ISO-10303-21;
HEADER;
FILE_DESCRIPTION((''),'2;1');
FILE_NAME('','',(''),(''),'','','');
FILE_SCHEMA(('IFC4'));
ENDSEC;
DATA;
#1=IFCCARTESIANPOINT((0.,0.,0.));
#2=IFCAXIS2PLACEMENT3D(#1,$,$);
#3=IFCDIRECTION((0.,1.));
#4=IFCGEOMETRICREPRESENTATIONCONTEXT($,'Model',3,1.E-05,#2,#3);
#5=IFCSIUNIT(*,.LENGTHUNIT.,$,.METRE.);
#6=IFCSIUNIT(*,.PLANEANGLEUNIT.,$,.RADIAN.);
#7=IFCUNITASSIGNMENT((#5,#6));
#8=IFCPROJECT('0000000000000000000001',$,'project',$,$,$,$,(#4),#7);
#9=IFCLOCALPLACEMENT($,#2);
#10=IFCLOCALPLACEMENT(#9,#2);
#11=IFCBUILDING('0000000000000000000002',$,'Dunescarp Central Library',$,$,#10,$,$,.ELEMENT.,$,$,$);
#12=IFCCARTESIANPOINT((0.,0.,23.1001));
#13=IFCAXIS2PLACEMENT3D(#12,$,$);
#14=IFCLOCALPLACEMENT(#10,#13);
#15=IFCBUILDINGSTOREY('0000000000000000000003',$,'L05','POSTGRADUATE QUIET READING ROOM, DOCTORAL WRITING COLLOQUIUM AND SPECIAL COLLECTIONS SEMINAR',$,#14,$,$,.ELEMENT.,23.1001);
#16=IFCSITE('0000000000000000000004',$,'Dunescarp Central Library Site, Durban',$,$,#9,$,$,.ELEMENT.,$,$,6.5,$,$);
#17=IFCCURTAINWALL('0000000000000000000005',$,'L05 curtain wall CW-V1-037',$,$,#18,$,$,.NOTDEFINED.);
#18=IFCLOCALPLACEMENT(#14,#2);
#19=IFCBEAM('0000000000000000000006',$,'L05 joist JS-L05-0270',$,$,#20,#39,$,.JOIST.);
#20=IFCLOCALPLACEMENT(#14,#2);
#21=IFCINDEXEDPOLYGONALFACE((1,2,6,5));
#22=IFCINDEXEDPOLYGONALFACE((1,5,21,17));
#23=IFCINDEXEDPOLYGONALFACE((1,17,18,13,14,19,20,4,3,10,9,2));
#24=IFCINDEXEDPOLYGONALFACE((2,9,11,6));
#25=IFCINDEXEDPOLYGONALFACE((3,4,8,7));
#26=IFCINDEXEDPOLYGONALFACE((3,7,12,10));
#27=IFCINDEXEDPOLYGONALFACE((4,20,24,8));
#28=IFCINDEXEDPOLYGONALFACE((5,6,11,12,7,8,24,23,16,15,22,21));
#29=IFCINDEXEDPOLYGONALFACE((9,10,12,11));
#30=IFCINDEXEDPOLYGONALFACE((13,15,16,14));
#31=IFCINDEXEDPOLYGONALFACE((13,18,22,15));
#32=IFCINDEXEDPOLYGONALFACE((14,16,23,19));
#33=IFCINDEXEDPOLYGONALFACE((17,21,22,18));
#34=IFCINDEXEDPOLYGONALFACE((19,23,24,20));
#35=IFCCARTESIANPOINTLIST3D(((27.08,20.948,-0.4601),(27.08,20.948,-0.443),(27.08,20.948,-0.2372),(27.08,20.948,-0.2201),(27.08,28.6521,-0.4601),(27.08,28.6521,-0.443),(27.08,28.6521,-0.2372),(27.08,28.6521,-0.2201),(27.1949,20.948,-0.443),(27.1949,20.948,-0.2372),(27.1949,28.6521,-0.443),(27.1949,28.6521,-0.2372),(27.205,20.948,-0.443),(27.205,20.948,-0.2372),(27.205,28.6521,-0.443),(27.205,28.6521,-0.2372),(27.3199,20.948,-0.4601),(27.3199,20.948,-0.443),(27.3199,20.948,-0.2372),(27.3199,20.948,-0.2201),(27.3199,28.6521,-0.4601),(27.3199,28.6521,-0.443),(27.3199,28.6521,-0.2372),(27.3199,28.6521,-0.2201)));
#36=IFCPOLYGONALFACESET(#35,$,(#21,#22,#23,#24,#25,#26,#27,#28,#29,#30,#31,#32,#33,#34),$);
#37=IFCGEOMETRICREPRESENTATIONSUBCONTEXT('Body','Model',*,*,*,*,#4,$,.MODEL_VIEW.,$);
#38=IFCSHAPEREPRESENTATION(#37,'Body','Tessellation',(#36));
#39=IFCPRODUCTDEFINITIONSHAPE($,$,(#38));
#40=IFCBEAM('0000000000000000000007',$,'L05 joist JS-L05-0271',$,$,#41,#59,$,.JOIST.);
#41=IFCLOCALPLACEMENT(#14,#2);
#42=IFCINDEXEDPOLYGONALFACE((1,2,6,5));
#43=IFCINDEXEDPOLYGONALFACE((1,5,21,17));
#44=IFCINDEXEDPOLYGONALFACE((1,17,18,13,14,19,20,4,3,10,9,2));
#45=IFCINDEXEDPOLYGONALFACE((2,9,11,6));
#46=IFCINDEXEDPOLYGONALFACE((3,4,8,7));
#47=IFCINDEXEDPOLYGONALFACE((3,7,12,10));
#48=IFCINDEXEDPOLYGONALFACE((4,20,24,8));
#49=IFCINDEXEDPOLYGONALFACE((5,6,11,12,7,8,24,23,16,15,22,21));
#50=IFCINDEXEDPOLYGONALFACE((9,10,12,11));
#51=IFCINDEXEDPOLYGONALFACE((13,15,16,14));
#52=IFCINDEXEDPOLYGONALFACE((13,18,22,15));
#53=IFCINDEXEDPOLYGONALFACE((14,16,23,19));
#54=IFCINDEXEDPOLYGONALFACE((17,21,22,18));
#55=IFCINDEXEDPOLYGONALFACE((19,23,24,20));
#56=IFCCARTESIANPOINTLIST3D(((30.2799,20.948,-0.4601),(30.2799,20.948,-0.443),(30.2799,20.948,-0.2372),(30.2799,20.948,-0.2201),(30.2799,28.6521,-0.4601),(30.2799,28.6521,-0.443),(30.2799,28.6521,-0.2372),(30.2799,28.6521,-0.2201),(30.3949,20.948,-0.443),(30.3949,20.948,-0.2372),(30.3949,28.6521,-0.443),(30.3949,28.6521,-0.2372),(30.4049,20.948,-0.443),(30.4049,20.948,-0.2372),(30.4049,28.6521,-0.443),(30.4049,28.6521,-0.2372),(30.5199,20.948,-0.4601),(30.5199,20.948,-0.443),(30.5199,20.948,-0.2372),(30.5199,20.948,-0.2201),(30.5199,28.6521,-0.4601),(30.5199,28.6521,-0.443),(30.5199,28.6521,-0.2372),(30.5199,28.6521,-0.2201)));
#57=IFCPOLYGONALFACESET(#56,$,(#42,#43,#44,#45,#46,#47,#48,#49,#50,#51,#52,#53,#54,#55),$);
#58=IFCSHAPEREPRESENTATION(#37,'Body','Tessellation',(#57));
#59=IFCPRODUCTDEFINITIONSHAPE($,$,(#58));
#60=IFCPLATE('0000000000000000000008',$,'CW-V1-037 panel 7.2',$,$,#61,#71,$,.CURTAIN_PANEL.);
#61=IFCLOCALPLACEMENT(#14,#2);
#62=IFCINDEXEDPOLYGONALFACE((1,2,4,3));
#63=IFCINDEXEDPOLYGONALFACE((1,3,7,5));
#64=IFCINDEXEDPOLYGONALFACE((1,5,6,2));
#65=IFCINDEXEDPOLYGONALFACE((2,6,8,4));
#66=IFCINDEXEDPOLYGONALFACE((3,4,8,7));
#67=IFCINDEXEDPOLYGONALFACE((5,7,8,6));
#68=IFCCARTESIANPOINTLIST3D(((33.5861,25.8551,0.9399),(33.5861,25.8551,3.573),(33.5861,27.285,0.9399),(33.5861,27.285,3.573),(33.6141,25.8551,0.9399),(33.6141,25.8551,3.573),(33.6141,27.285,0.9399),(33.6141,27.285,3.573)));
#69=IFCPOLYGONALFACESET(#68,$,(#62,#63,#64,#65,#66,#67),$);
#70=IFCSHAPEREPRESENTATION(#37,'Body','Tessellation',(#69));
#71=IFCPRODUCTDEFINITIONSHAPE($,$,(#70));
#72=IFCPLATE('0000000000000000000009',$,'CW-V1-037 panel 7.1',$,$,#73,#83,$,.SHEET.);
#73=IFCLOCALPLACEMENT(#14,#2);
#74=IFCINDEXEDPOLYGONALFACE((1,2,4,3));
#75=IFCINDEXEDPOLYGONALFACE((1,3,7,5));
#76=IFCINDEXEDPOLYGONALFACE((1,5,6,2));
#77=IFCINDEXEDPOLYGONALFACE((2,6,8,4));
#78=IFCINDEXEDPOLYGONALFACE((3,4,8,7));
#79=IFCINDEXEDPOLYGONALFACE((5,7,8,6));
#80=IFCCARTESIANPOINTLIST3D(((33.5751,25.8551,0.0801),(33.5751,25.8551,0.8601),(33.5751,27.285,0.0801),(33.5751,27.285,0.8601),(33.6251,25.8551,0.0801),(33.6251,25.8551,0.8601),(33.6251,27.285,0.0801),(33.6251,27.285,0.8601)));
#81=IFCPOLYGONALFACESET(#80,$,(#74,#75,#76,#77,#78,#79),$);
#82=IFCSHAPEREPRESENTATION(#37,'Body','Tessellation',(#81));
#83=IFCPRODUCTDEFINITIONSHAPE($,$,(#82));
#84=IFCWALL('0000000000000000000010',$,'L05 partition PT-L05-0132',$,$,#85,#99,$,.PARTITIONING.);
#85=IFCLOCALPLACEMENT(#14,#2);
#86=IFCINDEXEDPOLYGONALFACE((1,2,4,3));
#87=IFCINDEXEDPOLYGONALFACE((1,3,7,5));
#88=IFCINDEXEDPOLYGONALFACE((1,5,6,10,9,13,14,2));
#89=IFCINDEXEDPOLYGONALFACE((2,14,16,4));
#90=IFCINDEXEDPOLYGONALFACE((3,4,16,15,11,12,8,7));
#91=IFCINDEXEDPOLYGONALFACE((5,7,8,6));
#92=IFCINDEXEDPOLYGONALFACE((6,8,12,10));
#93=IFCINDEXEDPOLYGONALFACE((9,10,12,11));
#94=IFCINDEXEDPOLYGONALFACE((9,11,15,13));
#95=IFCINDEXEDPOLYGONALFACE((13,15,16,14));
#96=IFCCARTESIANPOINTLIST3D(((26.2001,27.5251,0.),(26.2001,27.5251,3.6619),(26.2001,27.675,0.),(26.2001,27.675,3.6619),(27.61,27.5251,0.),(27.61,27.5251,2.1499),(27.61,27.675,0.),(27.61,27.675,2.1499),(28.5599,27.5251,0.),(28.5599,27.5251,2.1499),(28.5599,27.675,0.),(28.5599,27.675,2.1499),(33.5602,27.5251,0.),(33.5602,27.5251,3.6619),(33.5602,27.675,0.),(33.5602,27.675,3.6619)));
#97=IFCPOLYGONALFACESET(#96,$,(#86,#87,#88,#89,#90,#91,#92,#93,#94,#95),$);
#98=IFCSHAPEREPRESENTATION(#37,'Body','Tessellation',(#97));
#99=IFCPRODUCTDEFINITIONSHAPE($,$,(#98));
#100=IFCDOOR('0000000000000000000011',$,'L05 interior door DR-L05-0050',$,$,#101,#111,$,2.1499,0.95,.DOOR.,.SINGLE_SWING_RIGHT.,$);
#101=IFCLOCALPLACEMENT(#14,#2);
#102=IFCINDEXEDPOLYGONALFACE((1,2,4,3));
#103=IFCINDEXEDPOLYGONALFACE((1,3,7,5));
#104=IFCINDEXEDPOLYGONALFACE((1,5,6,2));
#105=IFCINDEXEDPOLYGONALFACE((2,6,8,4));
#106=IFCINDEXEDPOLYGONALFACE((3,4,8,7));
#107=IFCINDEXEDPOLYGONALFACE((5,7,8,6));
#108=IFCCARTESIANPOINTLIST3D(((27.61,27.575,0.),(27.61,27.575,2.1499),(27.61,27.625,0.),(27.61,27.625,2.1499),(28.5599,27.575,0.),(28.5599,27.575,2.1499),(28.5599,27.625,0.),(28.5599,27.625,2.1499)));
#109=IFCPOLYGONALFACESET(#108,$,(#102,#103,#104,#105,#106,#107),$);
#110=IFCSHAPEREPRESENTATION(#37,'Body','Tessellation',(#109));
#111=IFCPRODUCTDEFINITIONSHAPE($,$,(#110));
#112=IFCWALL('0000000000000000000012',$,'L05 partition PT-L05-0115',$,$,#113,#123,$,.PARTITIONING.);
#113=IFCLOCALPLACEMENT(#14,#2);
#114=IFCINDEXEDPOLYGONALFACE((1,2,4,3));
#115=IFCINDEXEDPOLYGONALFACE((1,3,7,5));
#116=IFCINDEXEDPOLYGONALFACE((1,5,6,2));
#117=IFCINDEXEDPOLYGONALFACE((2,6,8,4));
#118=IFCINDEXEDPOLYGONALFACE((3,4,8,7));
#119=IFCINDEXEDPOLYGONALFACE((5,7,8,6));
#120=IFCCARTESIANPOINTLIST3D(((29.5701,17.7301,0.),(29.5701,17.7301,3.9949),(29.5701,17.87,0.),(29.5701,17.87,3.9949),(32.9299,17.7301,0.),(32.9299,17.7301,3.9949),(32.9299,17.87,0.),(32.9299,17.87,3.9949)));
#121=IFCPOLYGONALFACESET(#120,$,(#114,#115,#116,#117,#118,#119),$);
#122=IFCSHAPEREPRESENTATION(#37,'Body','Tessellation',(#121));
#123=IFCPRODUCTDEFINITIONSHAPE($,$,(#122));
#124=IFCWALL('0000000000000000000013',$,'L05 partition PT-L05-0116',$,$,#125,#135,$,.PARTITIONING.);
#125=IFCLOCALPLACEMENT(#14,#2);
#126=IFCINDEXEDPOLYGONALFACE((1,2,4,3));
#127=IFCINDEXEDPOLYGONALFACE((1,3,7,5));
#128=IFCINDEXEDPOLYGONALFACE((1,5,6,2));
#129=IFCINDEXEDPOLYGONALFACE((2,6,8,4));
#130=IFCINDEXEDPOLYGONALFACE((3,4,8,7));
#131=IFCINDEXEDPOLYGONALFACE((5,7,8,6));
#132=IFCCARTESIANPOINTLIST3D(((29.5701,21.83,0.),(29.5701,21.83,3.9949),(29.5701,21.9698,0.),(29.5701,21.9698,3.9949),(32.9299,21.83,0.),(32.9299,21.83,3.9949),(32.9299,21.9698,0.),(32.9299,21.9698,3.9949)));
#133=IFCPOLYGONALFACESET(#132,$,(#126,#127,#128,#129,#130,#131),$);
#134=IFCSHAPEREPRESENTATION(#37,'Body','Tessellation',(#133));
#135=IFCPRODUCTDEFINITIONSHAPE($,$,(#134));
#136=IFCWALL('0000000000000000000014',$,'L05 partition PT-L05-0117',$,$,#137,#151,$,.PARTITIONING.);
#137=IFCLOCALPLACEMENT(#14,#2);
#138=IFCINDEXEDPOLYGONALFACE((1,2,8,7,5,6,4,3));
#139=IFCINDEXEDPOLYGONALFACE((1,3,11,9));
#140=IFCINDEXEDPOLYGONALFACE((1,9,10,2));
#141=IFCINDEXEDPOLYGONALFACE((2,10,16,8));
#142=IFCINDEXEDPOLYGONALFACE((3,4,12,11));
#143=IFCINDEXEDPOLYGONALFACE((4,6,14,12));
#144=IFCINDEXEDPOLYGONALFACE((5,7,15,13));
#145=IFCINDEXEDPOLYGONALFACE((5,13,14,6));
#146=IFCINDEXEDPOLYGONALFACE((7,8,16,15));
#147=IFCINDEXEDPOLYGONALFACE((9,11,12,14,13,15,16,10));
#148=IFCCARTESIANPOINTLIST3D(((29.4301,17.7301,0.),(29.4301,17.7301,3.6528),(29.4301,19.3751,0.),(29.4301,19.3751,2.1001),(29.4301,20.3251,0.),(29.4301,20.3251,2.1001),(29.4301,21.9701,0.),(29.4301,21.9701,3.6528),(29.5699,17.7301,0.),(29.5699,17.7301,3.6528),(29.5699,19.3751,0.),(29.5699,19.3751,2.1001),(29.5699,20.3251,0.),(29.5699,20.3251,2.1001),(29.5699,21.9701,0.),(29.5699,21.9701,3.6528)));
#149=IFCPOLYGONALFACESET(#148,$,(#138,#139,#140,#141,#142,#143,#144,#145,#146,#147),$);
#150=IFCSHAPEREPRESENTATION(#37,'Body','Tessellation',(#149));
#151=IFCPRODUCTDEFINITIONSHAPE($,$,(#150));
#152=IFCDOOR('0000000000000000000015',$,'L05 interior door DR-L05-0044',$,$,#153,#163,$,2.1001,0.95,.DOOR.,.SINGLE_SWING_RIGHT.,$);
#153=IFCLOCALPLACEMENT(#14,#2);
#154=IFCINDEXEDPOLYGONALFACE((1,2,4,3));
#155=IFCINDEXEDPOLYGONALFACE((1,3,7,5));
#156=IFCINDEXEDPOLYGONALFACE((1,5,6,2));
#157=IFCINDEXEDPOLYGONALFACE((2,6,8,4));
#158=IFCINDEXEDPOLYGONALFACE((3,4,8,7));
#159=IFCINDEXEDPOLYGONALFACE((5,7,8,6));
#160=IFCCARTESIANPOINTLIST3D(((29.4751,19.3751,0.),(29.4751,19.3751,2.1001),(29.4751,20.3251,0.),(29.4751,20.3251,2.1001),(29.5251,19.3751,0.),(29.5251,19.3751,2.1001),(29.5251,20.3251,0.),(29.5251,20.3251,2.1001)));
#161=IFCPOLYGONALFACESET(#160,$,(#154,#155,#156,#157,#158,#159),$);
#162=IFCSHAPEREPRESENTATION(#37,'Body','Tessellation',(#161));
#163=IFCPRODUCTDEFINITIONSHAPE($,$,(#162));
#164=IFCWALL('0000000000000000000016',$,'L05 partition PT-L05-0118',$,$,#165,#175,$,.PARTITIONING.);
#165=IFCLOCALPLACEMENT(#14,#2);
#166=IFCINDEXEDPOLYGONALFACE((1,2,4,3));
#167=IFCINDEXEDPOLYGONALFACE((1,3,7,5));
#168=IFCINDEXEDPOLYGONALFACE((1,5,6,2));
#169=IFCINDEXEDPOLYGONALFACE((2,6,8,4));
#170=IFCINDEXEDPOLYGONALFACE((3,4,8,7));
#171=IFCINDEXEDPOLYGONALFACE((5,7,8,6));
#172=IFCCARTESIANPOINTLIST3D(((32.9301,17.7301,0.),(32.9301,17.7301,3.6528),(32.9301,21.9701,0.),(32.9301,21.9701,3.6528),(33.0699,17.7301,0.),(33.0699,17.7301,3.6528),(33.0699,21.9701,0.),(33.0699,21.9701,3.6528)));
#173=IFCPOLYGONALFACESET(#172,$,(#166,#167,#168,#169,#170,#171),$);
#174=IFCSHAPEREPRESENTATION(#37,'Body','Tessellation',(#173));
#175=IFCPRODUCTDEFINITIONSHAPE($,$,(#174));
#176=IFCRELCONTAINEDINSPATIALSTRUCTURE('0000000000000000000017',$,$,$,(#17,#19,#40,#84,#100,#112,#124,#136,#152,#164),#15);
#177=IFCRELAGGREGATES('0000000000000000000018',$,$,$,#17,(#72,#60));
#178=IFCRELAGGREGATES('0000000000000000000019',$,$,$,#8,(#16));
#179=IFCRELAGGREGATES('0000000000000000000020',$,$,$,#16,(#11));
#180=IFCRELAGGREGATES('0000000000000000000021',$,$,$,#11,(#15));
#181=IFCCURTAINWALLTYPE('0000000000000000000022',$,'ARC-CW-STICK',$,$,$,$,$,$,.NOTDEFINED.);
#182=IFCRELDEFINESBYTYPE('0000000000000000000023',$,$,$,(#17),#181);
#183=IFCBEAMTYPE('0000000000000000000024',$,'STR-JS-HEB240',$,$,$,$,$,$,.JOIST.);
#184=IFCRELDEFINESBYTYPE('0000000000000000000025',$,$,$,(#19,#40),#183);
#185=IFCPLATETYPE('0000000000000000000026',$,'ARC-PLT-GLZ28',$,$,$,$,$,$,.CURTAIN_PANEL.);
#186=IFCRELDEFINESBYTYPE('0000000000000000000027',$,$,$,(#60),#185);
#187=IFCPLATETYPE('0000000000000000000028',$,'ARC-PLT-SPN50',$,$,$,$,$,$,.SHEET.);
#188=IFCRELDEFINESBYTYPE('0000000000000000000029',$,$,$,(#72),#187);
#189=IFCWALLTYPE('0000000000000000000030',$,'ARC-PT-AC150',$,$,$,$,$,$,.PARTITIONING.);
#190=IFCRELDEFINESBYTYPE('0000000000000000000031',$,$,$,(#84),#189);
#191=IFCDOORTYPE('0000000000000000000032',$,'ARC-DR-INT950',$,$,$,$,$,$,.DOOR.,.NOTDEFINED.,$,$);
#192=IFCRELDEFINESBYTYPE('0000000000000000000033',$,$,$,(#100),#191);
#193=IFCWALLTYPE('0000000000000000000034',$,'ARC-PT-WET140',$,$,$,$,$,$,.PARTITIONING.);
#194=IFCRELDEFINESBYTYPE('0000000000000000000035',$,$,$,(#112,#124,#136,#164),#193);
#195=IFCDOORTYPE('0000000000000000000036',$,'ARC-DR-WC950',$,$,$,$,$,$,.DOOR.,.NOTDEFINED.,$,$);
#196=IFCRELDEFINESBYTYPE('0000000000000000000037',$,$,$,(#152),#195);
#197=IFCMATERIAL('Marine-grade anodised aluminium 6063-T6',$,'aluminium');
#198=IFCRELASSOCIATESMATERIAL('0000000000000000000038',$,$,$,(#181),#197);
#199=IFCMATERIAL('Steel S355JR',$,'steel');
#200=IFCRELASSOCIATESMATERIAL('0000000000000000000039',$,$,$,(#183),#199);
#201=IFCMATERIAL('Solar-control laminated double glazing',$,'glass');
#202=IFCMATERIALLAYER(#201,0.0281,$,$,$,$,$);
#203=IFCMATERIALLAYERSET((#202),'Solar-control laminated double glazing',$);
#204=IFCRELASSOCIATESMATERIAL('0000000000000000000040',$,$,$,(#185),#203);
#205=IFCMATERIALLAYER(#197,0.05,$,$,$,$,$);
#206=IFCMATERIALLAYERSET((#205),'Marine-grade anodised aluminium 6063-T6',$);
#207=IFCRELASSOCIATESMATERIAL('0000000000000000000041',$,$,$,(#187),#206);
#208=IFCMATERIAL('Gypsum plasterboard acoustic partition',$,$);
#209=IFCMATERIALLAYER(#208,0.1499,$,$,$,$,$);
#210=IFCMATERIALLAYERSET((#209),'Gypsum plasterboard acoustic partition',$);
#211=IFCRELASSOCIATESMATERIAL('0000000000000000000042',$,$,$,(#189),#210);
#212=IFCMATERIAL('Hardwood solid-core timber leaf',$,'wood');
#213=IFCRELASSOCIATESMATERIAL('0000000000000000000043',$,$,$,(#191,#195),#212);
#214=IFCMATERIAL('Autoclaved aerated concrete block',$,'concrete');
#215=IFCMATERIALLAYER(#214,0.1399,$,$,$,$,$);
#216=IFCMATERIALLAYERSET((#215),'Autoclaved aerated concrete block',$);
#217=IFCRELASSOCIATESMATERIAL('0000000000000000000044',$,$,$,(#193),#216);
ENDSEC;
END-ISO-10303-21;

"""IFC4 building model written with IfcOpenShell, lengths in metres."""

from ifc_helpers import new_model, si_unit, direction, frame, frame_2d, origin, origin_2d, place, context, subcontext, project, spatial, rectangle, i_section, extrude, material, layer, layer_set, material_profile, profile_set, type_object, element, fill, aggregate, save


model = new_model("IFC4")

# Units and contexts
model_context = context("Model", 3, precision=1e-05, world=origin(), true_north=direction((0.0, 1.0)))
body_context = subcontext(model_context, "Body", "Model", "MODEL_VIEW")
ifc_project = project(units=[si_unit("LENGTHUNIT", "METRE"), si_unit("PLANEANGLEUNIT", "RADIAN")], contexts=[model_context])

# Site, building, storey
site_placement = place(None, origin())
site = spatial("IfcSite", under=ifc_project, at=site_placement, Name="Dunescarp Central Library Site, Durban", CompositionType="ELEMENT", RefElevation=6.5)
building_placement = place(site_placement, origin())
building = spatial("IfcBuilding", under=site, at=building_placement, Name="Dunescarp Central Library", CompositionType="ELEMENT")
storey_placement = place(building_placement, frame((0.0, 0.0, 23.1001)))
storey = spatial("IfcBuildingStorey", under=building, at=storey_placement, Name="L05", Description="POSTGRADUATE QUIET READING ROOM, DOCTORAL WRITING COLLOQUIUM AND SPECIAL COLLECTIONS SEMINAR", CompositionType="ELEMENT", Elevation=23.1001)

# Shared definitions
ifc_material_1 = material(Name="Steel S355JR", Category="steel")

# Curtain wall
ifc_material_2 = material(Name="Marine-grade anodised aluminium 6063-T6", Category="aluminium")
curtain_wall_type = type_object("IfcCurtainWallType", Name="ARC-CW-STICK", PredefinedType="NOTDEFINED", material=ifc_material_2)
curtain_wall_placement = place(storey_placement, origin())
curtain_wall = element("IfcCurtainWall", 1, at=curtain_wall_placement, inside=storey, type_object=curtain_wall_type, Name="L05 curtain wall CW-V1-037", PredefinedType="NOTDEFINED")

# Beams
ifc_material_profile_1 = material_profile(ifc_material_1, i_section(OverallWidth=0.24, OverallDepth=0.24, WebThickness=0.01, FlangeThickness=0.0171, at=origin_2d()), Name="HEB 240")
ifc_profile_set_1 = profile_set([ifc_material_profile_1], Name="Steel S355JR")
beam_type_1 = type_object("IfcBeamType", Name="STR-JS-HEB240", PredefinedType="JOIST", material=ifc_profile_set_1)
for number, where, z_axis, x_axis, name in (
    (2, (27.2, 20.948, -0.3401), (0.0, 1.0, 0.0), (-1.0, 0.0, 0.0), "L05 joist JS-L05-0270"),
    (3, (30.3999, 20.948, -0.3401), (0.0, 1.0, 0.0), (-1.0, 0.0, 0.0), "L05 joist JS-L05-0271"),
):
    element("IfcBeam", number, at=place(storey_placement, frame(where, z_axis=z_axis, x_axis=x_axis)), inside=storey, type_object=beam_type_1, Name=name, PredefinedType="JOIST", context=body_context, shape_type="SweptSolid", body=[
        extrude(i_section(OverallWidth=0.24, OverallDepth=0.24, WebThickness=0.01, FlangeThickness=0.0171, at=origin_2d()), origin(), (0.0, 0.0, 1.0), 7.7041),
    ])

# Plates
ifc_material_3 = material(Name="Solar-control laminated double glazing", Category="glass")
ifc_layer_1 = layer(ifc_material_3, 0.0281)
ifc_layer_set_1 = layer_set([ifc_layer_1], Name="Solar-control laminated double glazing")
plate_type_1 = type_object("IfcPlateType", Name="ARC-PLT-GLZ28", PredefinedType="CURTAIN_PANEL", material=ifc_layer_set_1)
plate_1_placement = place(storey_placement, frame((33.6001, 26.5701, 0.9399), z_axis=(0.0, 0.0, 1.0), x_axis=(0.0, -1.0, 0.0)))
plate_1 = element("IfcPlate", 4, at=plate_1_placement, type_object=plate_type_1, Name="CW-V1-037 panel 7.2", PredefinedType="CURTAIN_PANEL", context=body_context, shape_type="SweptSolid", body=[
    extrude(rectangle(XDim=1.4299, YDim=0.0281, at=origin_2d()), origin(), (0.0, 0.0, 1.0), 2.6331),
])
ifc_layer_2 = layer(ifc_material_2, 0.05)
ifc_layer_set_2 = layer_set([ifc_layer_2], Name="Marine-grade anodised aluminium 6063-T6")
plate_type_2 = type_object("IfcPlateType", Name="ARC-PLT-SPN50", PredefinedType="SHEET", material=ifc_layer_set_2)
plate_2_placement = place(storey_placement, frame((33.6001, 26.5701, 0.0801), z_axis=(0.0, 0.0, 1.0), x_axis=(0.0, -1.0, 0.0)))
plate_2 = element("IfcPlate", 5, at=plate_2_placement, type_object=plate_type_2, Name="CW-V1-037 panel 7.1", PredefinedType="SHEET", context=body_context, shape_type="SweptSolid", body=[
    extrude(rectangle(XDim=1.4299, YDim=0.05, at=origin_2d()), origin(), (0.0, 0.0, 1.0), 0.78),
])
aggregate(curtain_wall, [plate_2, plate_1])

# Wall, opening, door
ifc_material_4 = material(Name="Gypsum plasterboard acoustic partition")
ifc_layer_3 = layer(ifc_material_4, 0.1499)
ifc_layer_set_3 = layer_set([ifc_layer_3], Name="Gypsum plasterboard acoustic partition")
wall_type_1 = type_object("IfcWallType", Name="ARC-PT-AC150", PredefinedType="PARTITIONING", material=ifc_layer_set_3)
wall_1_placement = place(storey_placement, frame((26.2, 27.6001, 0.0), z_axis=(0.0, 0.0, 1.0), x_axis=(1.0, 0.0, 0.0)))
wall_1 = element("IfcWall", 6, at=wall_1_placement, inside=storey, type_object=wall_type_1, Name="L05 partition PT-L05-0132", PredefinedType="PARTITIONING", context=body_context, shape_type="SweptSolid", body=[
    extrude(rectangle(XDim=7.3601, YDim=0.1499, at=frame_2d((3.6802, 0.0))), origin(), (0.0, 0.0, 1.0), 3.6619),
])
opening_1_placement = place(wall_1_placement, frame((1.4099, 0.0, 0.0)))
opening_1 = element("IfcOpeningElement", 7, at=opening_1_placement, cuts=wall_1, PredefinedType="OPENING", context=body_context, shape_type="SweptSolid", body=[
    extrude(rectangle(XDim=0.95, YDim=2.1499, at=frame_2d((0.4751, 1.075))), frame((0.0, 0.085, 0.0), z_axis=(0.0, -1.0, 0.0), x_axis=(1.0, 0.0, 0.0)), (0.0, 0.0, 1.0), 0.1699),
])
ifc_material_5 = material(Name="Hardwood solid-core timber leaf", Category="wood")
door_type_1 = type_object("IfcDoorType", Name="ARC-DR-INT950", OperationType="NOTDEFINED", PredefinedType="DOOR", material=ifc_material_5)
door_1_placement = place(opening_1_placement, origin())
door_1 = element("IfcDoor", 8, at=door_1_placement, inside=storey, type_object=door_type_1, Name="L05 interior door DR-L05-0050", OperationType="SINGLE_SWING_RIGHT", OverallHeight=2.1499, OverallWidth=0.95, PredefinedType="DOOR", context=body_context, shape_type="SweptSolid", body=[
    extrude(rectangle(XDim=0.95, YDim=2.1499, at=frame_2d((0.4751, 1.075))), frame((0.0, 0.0249, 0.0), z_axis=(0.0, -1.0, 0.0), x_axis=(1.0, 0.0, 0.0)), (0.0, 0.0, 1.0), 0.05),
])
fill(opening_1, door_1)

# Walls
ifc_material_6 = material(Name="Autoclaved aerated concrete block", Category="concrete")
ifc_layer_4 = layer(ifc_material_6, 0.1399)
ifc_layer_set_4 = layer_set([ifc_layer_4], Name="Autoclaved aerated concrete block")
wall_type_2 = type_object("IfcWallType", Name="ARC-PT-WET140", PredefinedType="PARTITIONING", material=ifc_layer_set_4)
for number, where, z_axis, x_axis, name in (
    (9, (29.5701, 17.8, 0.0), (0.0, 0.0, 1.0), (1.0, 0.0, 0.0), "L05 partition PT-L05-0115"),
    (10, (29.5701, 21.8999, 0.0), (0.0, 0.0, 1.0), (1.0, 0.0, 0.0), "L05 partition PT-L05-0116"),
):
    element("IfcWall", number, at=place(storey_placement, frame(where, z_axis=z_axis, x_axis=x_axis)), inside=storey, type_object=wall_type_2, Name=name, PredefinedType="PARTITIONING", context=body_context, shape_type="SweptSolid", body=[
        extrude(rectangle(XDim=3.3599, YDim=0.1399, at=frame_2d((1.6799, 0.0))), origin(), (0.0, 0.0, 1.0), 3.9949),
    ])

# Wall, opening, door
wall_2_placement = place(storey_placement, frame((29.5, 17.73, 0.0), z_axis=(0.0, 0.0, 1.0), x_axis=(0.0, 1.0, 0.0)))
wall_2 = element("IfcWall", 11, at=wall_2_placement, inside=storey, type_object=wall_type_2, Name="L05 partition PT-L05-0117", PredefinedType="PARTITIONING", context=body_context, shape_type="SweptSolid", body=[
    extrude(rectangle(XDim=4.24, YDim=0.1399, at=frame_2d((2.1201, 0.0))), origin(), (0.0, 0.0, 1.0), 3.6528),
])
opening_2_placement = place(wall_2_placement, frame((1.645, 0.0, 0.0)))
opening_2 = element("IfcOpeningElement", 12, at=opening_2_placement, cuts=wall_2, PredefinedType="OPENING", context=body_context, shape_type="SweptSolid", body=[
    extrude(rectangle(XDim=0.95, YDim=2.1001, at=frame_2d((0.4751, 1.05))), frame((0.0, 0.0801, 0.0), z_axis=(0.0, -1.0, 0.0), x_axis=(1.0, 0.0, 0.0)), (0.0, 0.0, 1.0), 0.1599),
])
door_type_2 = type_object("IfcDoorType", Name="ARC-DR-WC950", OperationType="NOTDEFINED", PredefinedType="DOOR", material=ifc_material_5)
door_2_placement = place(opening_2_placement, origin())
door_2 = element("IfcDoor", 13, at=door_2_placement, inside=storey, type_object=door_type_2, Name="L05 interior door DR-L05-0044", OperationType="SINGLE_SWING_RIGHT", OverallHeight=2.1001, OverallWidth=0.95, PredefinedType="DOOR", context=body_context, shape_type="SweptSolid", body=[
    extrude(rectangle(XDim=0.95, YDim=2.1001, at=frame_2d((0.4751, 1.05))), frame((0.0, 0.0249, 0.0), z_axis=(0.0, -1.0, 0.0), x_axis=(1.0, 0.0, 0.0)), (0.0, 0.0, 1.0), 0.05),
])
fill(opening_2, door_2)

# Wall
wall_3_placement = place(storey_placement, frame((33.0, 17.73, 0.0), z_axis=(0.0, 0.0, 1.0), x_axis=(0.0, 1.0, 0.0)))
element("IfcWall", 14, at=wall_3_placement, inside=storey, type_object=wall_type_2, Name="L05 partition PT-L05-0118", PredefinedType="PARTITIONING", context=body_context, shape_type="SweptSolid", body=[
    extrude(rectangle(XDim=4.24, YDim=0.1399, at=frame_2d((2.1201, 0.0))), origin(), (0.0, 0.0, 1.0), 3.6528),
])

save(model, "model.ifc")
